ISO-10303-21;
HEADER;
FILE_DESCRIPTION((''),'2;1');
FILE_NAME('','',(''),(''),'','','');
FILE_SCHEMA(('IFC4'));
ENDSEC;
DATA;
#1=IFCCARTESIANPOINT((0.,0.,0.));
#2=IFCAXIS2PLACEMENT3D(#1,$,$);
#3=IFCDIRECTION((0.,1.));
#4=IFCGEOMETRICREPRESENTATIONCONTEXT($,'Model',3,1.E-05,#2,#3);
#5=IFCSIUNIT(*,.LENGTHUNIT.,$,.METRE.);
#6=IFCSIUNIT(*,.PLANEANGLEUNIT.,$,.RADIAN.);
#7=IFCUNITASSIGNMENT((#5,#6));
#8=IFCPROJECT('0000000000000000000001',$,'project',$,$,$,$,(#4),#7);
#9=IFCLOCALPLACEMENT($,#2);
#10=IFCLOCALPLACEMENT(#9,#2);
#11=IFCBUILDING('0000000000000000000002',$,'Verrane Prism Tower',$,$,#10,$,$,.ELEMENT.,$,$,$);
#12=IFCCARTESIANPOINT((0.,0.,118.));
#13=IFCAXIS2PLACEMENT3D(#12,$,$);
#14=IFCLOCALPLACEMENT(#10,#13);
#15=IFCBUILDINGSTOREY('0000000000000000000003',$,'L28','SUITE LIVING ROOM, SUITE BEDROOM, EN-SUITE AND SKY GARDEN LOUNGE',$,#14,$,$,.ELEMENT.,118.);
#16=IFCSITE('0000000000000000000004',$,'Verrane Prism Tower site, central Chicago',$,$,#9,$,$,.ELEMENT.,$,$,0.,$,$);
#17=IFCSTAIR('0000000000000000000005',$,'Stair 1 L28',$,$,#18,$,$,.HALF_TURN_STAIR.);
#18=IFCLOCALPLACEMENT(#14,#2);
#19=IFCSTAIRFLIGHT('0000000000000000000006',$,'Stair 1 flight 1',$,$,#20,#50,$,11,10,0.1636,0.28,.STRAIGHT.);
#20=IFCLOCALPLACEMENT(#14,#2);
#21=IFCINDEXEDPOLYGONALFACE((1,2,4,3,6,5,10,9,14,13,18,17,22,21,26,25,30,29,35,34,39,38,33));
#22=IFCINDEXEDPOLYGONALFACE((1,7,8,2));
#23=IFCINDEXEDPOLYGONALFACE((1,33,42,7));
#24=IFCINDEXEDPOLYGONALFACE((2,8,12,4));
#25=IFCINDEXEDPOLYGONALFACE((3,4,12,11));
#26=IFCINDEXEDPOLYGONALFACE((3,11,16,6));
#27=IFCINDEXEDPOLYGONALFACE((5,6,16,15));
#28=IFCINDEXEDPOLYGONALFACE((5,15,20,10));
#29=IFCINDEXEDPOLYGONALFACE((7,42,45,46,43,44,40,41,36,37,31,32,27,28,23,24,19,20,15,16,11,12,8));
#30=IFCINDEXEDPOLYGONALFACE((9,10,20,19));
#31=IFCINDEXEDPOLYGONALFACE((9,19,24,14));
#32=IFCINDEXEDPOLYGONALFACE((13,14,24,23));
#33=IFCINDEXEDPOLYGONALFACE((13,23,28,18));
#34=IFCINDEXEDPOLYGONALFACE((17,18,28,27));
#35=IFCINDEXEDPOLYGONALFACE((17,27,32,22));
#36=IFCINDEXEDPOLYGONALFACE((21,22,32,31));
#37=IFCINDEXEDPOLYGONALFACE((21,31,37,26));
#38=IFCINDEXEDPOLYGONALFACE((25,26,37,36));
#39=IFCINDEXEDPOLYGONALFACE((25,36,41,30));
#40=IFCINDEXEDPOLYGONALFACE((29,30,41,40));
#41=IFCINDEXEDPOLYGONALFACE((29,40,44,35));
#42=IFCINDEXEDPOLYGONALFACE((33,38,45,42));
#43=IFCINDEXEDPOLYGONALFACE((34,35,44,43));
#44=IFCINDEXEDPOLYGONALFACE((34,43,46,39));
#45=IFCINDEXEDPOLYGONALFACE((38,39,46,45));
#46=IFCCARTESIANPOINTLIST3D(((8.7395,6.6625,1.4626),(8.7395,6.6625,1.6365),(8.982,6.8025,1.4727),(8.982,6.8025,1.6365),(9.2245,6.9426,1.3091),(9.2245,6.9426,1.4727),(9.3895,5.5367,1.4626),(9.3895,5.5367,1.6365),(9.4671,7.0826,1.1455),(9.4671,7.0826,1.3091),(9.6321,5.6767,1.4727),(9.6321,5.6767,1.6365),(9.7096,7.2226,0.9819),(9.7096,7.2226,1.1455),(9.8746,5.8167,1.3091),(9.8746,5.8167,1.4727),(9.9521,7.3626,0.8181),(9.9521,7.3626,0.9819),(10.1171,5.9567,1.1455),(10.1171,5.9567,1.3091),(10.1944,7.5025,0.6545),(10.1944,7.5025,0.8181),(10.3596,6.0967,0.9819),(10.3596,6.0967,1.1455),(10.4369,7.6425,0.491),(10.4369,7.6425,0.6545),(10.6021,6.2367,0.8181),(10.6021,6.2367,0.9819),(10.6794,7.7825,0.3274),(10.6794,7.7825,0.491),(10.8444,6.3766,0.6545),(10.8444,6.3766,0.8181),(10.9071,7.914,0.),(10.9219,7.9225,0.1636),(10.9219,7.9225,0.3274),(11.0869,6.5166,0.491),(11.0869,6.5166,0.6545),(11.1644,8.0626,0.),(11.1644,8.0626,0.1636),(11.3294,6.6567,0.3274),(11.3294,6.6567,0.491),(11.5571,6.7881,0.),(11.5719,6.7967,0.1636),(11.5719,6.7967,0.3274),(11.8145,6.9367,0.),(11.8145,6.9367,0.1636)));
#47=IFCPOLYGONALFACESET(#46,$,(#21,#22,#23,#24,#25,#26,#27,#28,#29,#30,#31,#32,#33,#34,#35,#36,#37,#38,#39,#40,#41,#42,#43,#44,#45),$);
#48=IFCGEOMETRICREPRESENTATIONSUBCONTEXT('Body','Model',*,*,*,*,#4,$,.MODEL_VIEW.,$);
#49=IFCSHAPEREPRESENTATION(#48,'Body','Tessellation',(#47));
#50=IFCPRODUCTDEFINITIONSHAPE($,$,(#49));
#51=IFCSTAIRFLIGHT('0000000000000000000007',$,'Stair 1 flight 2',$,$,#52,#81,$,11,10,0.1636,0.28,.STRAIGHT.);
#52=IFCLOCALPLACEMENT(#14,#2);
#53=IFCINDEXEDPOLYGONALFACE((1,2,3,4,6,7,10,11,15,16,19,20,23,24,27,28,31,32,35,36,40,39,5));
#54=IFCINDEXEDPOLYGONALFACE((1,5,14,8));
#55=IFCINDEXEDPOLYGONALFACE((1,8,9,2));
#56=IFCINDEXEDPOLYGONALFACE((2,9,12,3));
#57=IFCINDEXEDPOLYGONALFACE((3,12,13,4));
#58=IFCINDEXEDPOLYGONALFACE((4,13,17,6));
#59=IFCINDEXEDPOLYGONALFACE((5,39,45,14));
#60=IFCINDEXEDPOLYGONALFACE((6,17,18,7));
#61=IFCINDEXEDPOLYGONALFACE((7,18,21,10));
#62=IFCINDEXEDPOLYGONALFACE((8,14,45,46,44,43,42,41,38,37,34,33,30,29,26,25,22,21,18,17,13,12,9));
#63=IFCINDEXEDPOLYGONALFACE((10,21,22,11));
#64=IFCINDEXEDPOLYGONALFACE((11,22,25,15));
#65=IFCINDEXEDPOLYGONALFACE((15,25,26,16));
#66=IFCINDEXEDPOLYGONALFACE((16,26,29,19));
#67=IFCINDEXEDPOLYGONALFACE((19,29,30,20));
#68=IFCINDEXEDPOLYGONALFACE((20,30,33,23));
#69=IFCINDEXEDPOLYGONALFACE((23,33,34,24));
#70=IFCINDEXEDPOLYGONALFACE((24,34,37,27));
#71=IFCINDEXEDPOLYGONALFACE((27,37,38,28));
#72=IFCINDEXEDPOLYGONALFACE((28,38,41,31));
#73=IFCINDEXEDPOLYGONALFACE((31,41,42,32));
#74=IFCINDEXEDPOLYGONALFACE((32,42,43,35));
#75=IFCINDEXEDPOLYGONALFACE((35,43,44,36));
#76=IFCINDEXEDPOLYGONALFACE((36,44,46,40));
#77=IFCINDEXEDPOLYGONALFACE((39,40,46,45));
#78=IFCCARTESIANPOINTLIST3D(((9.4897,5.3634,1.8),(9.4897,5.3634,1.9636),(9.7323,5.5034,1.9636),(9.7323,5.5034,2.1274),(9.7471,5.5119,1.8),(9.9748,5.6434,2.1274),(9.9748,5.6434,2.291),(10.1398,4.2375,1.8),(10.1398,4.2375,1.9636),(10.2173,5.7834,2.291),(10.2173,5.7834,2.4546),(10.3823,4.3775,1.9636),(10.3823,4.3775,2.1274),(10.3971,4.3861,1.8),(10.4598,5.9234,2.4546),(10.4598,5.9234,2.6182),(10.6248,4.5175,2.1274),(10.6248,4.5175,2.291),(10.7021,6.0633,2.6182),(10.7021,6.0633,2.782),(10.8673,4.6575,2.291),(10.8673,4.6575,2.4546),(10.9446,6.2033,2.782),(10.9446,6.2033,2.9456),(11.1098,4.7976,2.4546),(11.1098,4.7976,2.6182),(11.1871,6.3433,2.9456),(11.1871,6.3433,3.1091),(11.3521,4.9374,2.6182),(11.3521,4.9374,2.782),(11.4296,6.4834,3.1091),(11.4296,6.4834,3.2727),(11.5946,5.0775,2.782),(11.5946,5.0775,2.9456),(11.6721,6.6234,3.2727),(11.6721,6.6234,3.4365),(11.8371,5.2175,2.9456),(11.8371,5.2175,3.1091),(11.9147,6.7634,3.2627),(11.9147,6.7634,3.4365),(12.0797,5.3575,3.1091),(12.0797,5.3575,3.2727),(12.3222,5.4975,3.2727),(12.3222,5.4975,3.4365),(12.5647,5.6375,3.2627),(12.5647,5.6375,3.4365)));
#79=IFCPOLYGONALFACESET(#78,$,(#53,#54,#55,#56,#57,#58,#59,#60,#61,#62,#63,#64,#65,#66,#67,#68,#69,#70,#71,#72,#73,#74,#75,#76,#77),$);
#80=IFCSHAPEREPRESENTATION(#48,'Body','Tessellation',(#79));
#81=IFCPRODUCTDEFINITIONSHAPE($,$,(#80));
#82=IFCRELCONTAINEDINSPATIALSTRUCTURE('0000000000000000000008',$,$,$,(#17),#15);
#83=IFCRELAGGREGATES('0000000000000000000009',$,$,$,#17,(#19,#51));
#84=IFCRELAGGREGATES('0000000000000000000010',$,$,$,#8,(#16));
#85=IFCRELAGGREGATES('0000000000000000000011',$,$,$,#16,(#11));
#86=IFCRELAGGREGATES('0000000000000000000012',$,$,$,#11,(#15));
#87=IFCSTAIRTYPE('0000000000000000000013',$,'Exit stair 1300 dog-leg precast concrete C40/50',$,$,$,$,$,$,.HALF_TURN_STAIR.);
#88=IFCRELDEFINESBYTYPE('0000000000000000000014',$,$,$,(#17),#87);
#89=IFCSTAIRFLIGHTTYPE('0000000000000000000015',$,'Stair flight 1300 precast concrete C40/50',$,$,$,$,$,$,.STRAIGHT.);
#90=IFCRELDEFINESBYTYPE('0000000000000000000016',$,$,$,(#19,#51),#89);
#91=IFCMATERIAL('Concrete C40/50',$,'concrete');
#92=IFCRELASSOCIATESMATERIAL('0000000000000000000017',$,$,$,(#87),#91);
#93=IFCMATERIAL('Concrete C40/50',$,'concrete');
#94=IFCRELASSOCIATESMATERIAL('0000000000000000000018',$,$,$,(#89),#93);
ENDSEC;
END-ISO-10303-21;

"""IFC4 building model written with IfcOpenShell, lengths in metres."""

from ifc_helpers import new_model, si_unit, direction, frame, origin, place, context, subcontext, project, spatial, polyline, outline, extrude, material, type_object, element, aggregate, save


model = new_model("IFC4")

# Units and contexts
model_context = context("Model", 3, precision=1e-05, world=origin(), true_north=direction((0.0, 1.0)))
body_context = subcontext(model_context, "Body", "Model", "MODEL_VIEW")
ifc_project = project(units=[si_unit("LENGTHUNIT", "METRE"), si_unit("PLANEANGLEUNIT", "RADIAN")], contexts=[model_context])

# Site, building, storey
site_placement = place(None, origin())
site = spatial("IfcSite", under=ifc_project, at=site_placement, Name="Verrane Prism Tower site, central Chicago", CompositionType="ELEMENT", RefElevation=0.0)
building_placement = place(site_placement, origin())
building = spatial("IfcBuilding", under=site, at=building_placement, Name="Verrane Prism Tower", CompositionType="ELEMENT")
storey_placement = place(building_placement, frame((0.0, 0.0, 118.0)))
storey = spatial("IfcBuildingStorey", under=building, at=storey_placement, Name="L28", Description="SUITE LIVING ROOM, SUITE BEDROOM, EN-SUITE AND SKY GARDEN LOUNGE", CompositionType="ELEMENT", Elevation=118.0)

# Stair, stair flights
ifc_material_1 = material(Name="Concrete C40/50", Category="concrete")
stair_type = type_object("IfcStairType", Name="Exit stair 1300 dog-leg precast concrete C40/50", PredefinedType="HALF_TURN_STAIR", material=ifc_material_1)
stair_placement = place(storey_placement, origin())
stair = element("IfcStair", 1, at=stair_placement, inside=storey, type_object=stair_type, Name="Stair 1 L28", PredefinedType="HALF_TURN_STAIR")
ifc_material_2 = material(Name="Concrete C40/50", Category="concrete")
stair_flight_type = type_object("IfcStairFlightType", Name="Stair flight 1300 precast concrete C40/50", PredefinedType="STRAIGHT", material=ifc_material_2)
stair_flight_1_placement = place(storey_placement, frame((11.4895, 7.4995, 0.0), z_axis=(0.0, 0.0, 1.0), x_axis=(-0.866025, -0.5, 0.0)))
stair_flight_1 = element("IfcStairFlight", 2, at=stair_flight_1_placement, type_object=stair_flight_type, Name="Stair 1 flight 1", NumberOfRisers=11, NumberOfTreads=10, PredefinedType="STRAIGHT", RiserHeight=0.1636, TreadLength=0.28, context=body_context, shape_type="SweptSolid", body=[
    extrude(outline(polyline([(0.0, 0.0), (0.0, 0.1636), (0.28, 0.1636), (0.28, 0.3274), (0.5601, 0.3274), (0.5601, 0.491), (0.8401, 0.491), (0.8401, 0.6545), (1.1201, 0.6545), (1.1201, 0.8181), (1.3999, 0.8181), (1.3999, 0.9819), (1.6799, 0.9819), (1.6799, 1.1455), (1.96, 1.1455), (1.96, 1.3091), (2.24, 1.3091), (2.24, 1.4727), (2.52, 1.4727), (2.52, 1.6365), (2.8, 1.6365), (2.8, 1.8), (2.8, 1.4626), (0.2971, 0.0), (0.0, 0.0)])), frame((0.0, 0.6499, 0.0), z_axis=(0.0, -1.0, 0.0), x_axis=(1.0, 0.0, 0.0)), (0.0, 0.0, 1.0), 1.3),
])
stair_flight_2_placement = place(storey_placement, frame((9.8147, 4.8005, 1.8), z_axis=(0.0, 0.0, 1.0), x_axis=(0.866025, 0.5, 0.0)))
stair_flight_2 = element("IfcStairFlight", 3, at=stair_flight_2_placement, type_object=stair_flight_type, Name="Stair 1 flight 2", NumberOfRisers=11, NumberOfTreads=10, PredefinedType="STRAIGHT", RiserHeight=0.1636, TreadLength=0.28, context=body_context, shape_type="SweptSolid", body=[
    extrude(outline(polyline([(0.0, 0.0), (0.0, 0.1636), (0.28, 0.1636), (0.28, 0.3274), (0.5601, 0.3274), (0.5601, 0.491), (0.8401, 0.491), (0.8401, 0.6545), (1.1201, 0.6545), (1.1201, 0.8181), (1.3999, 0.8181), (1.3999, 0.9819), (1.6799, 0.9819), (1.6799, 1.1455), (1.96, 1.1455), (1.96, 1.3091), (2.24, 1.3091), (2.24, 1.4727), (2.52, 1.4727), (2.52, 1.6365), (2.8, 1.6365), (2.8, 1.8), (2.8, 1.4626), (0.2971, 0.0), (0.0, 0.0)])), frame((0.0, 0.6499, 0.0), z_axis=(0.0, -1.0, 0.0), x_axis=(1.0, 0.0, 0.0)), (0.0, 0.0, 1.0), 1.3),
])
aggregate(stair, [stair_flight_1, stair_flight_2])

save(model, "model.ifc")
